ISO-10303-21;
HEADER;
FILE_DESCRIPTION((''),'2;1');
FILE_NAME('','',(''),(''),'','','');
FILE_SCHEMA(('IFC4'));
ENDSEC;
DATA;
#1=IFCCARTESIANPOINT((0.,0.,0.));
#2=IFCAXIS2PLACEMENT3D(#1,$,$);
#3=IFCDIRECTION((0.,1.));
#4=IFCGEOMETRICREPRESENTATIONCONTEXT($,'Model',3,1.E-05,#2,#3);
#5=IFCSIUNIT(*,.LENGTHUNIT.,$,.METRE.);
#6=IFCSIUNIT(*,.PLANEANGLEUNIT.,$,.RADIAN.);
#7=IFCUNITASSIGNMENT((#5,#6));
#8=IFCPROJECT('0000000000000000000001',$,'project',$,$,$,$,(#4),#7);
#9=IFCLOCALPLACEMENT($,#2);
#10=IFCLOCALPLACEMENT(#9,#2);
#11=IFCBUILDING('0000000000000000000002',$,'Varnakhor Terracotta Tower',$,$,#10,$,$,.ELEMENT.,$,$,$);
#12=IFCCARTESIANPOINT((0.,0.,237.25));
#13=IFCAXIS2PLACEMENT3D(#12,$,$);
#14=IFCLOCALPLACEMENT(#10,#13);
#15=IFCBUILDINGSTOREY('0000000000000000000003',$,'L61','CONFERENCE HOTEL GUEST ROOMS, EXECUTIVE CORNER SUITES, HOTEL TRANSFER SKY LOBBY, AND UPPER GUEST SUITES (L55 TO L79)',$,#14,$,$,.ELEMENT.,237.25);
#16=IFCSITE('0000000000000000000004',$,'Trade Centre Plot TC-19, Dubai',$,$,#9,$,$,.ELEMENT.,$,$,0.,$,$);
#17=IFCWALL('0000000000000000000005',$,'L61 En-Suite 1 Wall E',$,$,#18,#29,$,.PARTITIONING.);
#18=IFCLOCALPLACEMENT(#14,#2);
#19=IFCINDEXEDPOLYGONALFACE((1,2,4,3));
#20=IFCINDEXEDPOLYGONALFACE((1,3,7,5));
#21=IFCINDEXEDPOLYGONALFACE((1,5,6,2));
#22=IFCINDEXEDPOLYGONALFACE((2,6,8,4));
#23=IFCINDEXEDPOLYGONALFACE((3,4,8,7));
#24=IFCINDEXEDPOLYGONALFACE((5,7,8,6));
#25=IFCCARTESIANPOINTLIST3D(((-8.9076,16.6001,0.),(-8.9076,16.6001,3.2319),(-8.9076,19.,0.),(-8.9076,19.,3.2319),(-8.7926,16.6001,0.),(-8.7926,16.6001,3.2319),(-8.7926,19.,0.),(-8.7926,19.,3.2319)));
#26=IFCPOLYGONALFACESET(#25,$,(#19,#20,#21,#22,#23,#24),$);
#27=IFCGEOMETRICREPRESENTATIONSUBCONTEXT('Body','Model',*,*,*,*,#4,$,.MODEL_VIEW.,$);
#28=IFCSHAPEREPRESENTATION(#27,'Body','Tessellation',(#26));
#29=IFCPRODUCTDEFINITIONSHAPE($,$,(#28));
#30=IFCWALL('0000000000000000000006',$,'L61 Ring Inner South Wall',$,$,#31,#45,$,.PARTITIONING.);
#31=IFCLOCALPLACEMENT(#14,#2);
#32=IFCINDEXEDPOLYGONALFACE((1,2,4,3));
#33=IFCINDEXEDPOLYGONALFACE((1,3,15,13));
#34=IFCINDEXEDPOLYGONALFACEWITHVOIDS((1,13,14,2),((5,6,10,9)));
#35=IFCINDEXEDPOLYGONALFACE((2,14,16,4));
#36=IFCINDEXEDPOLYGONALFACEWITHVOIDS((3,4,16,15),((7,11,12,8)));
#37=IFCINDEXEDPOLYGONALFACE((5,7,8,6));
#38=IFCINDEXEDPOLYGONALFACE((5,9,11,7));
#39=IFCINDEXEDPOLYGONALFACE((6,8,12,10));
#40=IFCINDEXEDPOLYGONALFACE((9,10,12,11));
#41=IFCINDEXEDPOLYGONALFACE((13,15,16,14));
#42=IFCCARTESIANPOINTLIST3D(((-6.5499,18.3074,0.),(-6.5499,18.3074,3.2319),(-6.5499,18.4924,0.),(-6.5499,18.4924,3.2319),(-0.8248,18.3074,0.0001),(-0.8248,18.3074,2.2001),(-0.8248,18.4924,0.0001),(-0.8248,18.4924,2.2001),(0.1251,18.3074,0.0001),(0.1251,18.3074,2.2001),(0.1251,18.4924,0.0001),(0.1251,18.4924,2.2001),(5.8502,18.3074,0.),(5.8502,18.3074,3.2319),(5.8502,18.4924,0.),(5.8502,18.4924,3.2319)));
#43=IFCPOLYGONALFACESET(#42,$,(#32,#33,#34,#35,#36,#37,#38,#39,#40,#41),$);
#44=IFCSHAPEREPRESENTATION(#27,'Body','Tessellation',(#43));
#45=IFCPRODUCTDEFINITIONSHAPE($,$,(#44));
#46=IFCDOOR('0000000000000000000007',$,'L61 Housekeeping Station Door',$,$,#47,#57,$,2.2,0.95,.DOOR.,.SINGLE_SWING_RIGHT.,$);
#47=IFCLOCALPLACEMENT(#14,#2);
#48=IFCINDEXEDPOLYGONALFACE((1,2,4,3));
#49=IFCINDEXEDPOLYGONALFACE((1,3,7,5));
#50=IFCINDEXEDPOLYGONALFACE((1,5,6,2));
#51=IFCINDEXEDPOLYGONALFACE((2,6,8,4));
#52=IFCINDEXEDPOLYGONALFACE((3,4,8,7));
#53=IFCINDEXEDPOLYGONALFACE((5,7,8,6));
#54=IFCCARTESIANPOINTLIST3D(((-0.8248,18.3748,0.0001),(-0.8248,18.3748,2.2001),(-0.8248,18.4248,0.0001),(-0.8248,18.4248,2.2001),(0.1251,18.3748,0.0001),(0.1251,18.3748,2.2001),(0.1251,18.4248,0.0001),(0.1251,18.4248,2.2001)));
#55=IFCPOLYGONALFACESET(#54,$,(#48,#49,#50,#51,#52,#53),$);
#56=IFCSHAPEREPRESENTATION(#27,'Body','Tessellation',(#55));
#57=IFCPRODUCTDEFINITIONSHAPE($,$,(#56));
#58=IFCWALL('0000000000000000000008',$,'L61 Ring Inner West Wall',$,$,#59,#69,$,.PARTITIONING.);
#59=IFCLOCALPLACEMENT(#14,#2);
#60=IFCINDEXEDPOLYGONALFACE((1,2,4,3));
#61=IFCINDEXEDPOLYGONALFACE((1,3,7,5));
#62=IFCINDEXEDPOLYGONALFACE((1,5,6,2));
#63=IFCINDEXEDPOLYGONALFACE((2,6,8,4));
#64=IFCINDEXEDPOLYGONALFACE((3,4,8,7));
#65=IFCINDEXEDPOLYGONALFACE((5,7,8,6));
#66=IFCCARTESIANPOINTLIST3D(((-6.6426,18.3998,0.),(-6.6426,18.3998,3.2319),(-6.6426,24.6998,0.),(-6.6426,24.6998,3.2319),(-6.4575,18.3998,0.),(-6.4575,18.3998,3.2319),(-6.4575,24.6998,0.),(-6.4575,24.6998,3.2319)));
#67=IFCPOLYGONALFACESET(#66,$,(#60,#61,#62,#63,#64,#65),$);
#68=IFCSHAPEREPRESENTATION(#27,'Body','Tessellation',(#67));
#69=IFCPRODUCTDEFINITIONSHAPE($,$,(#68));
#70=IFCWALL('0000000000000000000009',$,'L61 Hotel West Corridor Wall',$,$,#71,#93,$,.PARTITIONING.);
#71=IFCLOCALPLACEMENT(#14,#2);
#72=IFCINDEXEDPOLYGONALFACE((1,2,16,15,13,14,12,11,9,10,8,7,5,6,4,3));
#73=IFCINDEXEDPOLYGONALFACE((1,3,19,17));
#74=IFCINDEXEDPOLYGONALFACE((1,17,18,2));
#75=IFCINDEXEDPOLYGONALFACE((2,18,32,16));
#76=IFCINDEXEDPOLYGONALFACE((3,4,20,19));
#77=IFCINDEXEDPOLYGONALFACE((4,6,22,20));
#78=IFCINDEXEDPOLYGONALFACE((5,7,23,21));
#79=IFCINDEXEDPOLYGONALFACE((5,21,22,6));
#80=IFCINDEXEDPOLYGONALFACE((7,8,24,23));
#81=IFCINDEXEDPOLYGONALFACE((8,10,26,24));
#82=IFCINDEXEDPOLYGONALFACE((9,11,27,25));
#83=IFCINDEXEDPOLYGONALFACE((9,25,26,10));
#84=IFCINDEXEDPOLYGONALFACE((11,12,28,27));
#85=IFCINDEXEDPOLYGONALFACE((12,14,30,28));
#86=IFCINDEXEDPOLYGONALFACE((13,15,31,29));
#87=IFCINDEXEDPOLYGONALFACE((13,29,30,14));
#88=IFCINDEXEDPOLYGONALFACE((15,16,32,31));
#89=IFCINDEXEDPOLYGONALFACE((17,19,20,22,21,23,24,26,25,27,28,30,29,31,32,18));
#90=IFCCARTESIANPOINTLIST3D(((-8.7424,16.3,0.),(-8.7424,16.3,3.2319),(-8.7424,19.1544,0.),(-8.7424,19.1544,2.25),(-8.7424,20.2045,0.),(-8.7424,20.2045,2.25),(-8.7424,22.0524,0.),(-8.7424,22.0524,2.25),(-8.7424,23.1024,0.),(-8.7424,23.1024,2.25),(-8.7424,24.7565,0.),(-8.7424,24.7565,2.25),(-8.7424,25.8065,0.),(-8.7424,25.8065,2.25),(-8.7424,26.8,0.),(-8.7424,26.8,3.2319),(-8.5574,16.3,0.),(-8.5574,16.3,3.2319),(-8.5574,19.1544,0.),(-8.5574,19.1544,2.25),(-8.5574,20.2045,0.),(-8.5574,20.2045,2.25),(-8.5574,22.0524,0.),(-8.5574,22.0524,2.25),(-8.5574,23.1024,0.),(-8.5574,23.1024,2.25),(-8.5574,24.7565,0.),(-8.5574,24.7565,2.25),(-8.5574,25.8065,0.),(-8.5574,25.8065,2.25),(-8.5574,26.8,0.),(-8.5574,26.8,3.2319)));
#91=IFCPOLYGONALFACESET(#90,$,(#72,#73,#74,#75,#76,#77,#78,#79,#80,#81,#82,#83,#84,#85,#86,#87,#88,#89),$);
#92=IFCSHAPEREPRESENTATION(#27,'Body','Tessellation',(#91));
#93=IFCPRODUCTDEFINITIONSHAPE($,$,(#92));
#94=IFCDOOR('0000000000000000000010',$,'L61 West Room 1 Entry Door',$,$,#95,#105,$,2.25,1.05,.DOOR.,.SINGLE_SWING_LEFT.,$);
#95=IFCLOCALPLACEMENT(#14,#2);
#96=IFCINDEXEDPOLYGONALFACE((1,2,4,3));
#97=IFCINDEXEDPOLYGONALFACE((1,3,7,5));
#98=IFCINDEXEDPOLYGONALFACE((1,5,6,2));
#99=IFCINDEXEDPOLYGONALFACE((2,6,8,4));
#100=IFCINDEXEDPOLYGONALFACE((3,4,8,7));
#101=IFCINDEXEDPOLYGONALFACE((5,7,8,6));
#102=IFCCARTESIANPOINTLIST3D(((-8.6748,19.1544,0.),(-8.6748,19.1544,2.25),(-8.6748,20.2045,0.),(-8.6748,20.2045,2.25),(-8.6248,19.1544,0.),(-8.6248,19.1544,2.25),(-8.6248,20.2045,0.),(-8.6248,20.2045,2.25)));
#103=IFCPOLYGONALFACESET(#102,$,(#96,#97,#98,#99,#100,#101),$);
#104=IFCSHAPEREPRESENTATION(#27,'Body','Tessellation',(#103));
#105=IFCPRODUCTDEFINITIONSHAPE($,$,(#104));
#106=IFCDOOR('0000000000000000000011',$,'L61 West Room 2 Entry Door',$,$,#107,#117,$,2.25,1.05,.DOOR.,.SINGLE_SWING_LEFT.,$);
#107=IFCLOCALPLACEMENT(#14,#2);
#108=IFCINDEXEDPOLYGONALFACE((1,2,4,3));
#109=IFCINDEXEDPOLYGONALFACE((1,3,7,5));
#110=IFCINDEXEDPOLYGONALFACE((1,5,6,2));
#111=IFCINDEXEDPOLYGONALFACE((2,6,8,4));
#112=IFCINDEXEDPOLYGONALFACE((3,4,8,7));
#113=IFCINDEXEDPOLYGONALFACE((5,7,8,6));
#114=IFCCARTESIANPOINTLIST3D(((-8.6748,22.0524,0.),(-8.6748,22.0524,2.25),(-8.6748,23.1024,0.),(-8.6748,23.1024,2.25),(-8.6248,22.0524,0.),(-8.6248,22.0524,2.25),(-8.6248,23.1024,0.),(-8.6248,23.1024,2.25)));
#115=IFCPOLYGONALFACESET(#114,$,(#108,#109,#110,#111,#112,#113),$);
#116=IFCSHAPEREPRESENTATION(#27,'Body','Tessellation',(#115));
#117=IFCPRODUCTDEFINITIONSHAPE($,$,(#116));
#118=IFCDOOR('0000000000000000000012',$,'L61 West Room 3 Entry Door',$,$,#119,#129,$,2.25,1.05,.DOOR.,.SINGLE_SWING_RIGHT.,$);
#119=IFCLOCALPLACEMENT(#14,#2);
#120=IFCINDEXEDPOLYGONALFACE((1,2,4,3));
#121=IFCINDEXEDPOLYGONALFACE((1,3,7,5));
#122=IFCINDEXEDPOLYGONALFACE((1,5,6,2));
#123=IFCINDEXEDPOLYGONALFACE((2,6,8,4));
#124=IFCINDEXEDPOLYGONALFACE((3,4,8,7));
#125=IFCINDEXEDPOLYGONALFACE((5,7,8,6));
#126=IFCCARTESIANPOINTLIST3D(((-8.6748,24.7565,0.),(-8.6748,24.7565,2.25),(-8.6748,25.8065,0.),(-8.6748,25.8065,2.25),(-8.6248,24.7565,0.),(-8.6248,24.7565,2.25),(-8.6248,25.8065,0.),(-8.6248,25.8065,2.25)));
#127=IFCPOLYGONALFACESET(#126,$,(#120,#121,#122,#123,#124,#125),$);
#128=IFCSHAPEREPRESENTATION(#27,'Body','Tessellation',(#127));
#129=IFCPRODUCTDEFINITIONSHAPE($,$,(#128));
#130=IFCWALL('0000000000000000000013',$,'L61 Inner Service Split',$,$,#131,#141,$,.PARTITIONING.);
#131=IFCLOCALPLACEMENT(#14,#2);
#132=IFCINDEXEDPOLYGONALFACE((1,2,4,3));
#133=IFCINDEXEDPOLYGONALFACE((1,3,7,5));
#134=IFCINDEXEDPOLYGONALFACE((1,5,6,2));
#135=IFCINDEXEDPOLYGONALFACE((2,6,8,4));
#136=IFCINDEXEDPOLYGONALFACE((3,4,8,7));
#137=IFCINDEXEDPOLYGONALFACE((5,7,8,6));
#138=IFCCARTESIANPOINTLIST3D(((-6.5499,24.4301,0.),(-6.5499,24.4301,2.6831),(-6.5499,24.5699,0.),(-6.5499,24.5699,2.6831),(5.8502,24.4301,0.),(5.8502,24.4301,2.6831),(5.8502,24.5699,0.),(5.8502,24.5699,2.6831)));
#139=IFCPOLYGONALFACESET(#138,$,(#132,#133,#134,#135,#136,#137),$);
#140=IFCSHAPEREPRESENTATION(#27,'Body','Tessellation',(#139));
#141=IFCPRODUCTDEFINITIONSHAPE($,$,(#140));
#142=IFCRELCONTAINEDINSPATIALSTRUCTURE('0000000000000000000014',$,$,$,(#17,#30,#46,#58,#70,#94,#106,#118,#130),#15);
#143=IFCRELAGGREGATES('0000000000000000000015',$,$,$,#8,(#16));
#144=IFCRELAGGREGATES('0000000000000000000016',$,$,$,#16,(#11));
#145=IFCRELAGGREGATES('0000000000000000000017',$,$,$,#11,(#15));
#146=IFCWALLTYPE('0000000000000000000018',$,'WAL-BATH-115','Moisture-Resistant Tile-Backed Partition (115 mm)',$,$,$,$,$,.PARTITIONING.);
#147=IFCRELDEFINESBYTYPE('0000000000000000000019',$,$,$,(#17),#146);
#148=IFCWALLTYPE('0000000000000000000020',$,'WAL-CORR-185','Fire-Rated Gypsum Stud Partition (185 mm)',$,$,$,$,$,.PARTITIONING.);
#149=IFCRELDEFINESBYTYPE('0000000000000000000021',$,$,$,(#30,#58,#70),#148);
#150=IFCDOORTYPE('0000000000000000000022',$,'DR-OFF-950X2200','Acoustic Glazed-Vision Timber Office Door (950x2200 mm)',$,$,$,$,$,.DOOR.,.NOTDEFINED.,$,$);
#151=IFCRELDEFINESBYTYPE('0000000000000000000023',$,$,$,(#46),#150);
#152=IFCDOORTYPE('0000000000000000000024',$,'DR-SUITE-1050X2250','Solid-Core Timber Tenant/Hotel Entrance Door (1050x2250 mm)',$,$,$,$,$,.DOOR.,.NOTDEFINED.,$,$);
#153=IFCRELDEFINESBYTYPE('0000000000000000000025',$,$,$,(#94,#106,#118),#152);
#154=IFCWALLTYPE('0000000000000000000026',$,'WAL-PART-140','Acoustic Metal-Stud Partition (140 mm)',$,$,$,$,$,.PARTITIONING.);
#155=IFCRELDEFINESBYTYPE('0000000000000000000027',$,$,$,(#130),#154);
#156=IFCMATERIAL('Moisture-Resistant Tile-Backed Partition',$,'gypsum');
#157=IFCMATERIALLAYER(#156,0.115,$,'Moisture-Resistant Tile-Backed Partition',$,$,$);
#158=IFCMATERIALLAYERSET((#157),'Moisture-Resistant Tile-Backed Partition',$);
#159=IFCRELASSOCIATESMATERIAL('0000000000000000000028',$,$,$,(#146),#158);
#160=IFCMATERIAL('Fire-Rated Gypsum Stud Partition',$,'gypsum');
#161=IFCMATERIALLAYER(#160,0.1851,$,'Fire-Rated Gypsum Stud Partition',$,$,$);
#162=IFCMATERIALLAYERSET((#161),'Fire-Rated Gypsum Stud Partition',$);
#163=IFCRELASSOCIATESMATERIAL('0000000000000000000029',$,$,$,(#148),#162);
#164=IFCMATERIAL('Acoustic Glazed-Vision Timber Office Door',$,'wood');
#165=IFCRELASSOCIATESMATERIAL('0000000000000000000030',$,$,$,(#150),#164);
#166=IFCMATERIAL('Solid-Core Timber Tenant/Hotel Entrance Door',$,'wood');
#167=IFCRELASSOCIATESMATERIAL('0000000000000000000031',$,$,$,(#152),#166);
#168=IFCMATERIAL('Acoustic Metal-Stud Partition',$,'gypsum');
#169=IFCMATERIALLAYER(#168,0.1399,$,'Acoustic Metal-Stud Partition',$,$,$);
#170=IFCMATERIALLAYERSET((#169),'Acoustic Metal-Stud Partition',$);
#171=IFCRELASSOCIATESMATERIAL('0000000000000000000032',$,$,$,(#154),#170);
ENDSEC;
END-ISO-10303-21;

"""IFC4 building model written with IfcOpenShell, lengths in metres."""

from ifc_helpers import new_model, si_unit, direction, frame, frame_2d, origin, place, context, subcontext, project, spatial, rectangle, extrude, source, transform, mapped, material, layer, layer_set, type_object, type_shapes, element, fill, save


model = new_model("IFC4")

# Units and contexts
model_context = context("Model", 3, precision=1e-05, world=origin(), true_north=direction((0.0, 1.0)))
body_context = subcontext(model_context, "Body", "Model", "MODEL_VIEW")
ifc_project = project(units=[si_unit("LENGTHUNIT", "METRE"), si_unit("PLANEANGLEUNIT", "RADIAN")], contexts=[model_context])

# Site, building, storey
site_placement = place(None, origin())
site = spatial("IfcSite", under=ifc_project, at=site_placement, Name="Trade Centre Plot TC-19, Dubai", CompositionType="ELEMENT", RefElevation=0.0)
building_placement = place(site_placement, origin())
building = spatial("IfcBuilding", under=site, at=building_placement, Name="Varnakhor Terracotta Tower", CompositionType="ELEMENT")
storey_placement = place(building_placement, frame((0.0, 0.0, 237.25)))
storey = spatial("IfcBuildingStorey", under=building, at=storey_placement, Name="L61", Description="CONFERENCE HOTEL GUEST ROOMS, EXECUTIVE CORNER SUITES, HOTEL TRANSFER SKY LOBBY, AND UPPER GUEST SUITES (L55 TO L79)", CompositionType="ELEMENT", Elevation=237.25)

# Shared definitions
ifc_material_1 = material(Name="Moisture-Resistant Tile-Backed Partition", Category="gypsum")
ifc_layer_1 = layer(ifc_material_1, 0.115, Name="Moisture-Resistant Tile-Backed Partition")
ifc_layer_set_1 = layer_set([ifc_layer_1], Name="Moisture-Resistant Tile-Backed Partition")
wall_type_1 = type_object("IfcWallType", Name="WAL-BATH-115", Description="Moisture-Resistant Tile-Backed Partition (115 mm)", PredefinedType="PARTITIONING", material=ifc_layer_set_1)

# Wall
wall_1_placement = place(storey_placement, frame((-8.8501, 16.6001, 0.0), z_axis=(0.0, 0.0, 1.0), x_axis=(0.0, 1.0, 0.0)))
element("IfcWall", 1, at=wall_1_placement, inside=storey, type_object=wall_type_1, Name="L61 En-Suite 1 Wall E", PredefinedType="PARTITIONING", context=body_context, shape_type="SweptSolid", body=[
    extrude(rectangle(XDim=2.3999, YDim=0.115, at=frame_2d((1.2, 0.0))), origin(), (0.0, 0.0, 1.0), 3.2319),
])

# Wall, opening, door
ifc_material_2 = material(Name="Fire-Rated Gypsum Stud Partition", Category="gypsum")
ifc_layer_2 = layer(ifc_material_2, 0.1851, Name="Fire-Rated Gypsum Stud Partition")
ifc_layer_set_2 = layer_set([ifc_layer_2], Name="Fire-Rated Gypsum Stud Partition")
wall_type_2 = type_object("IfcWallType", Name="WAL-CORR-185", Description="Fire-Rated Gypsum Stud Partition (185 mm)", PredefinedType="PARTITIONING", material=ifc_layer_set_2)
wall_2_placement = place(storey_placement, frame((-6.55, 18.3999, 0.0), z_axis=(0.0, 0.0, 1.0), x_axis=(1.0, 0.0, 0.0)))
wall_2 = element("IfcWall", 2, at=wall_2_placement, inside=storey, type_object=wall_type_2, Name="L61 Ring Inner South Wall", PredefinedType="PARTITIONING", context=body_context, shape_type="SweptSolid", body=[
    extrude(rectangle(XDim=12.4001, YDim=0.1851, at=frame_2d((6.2002, 0.0))), origin(), (0.0, 0.0, 1.0), 3.2319),
])
opening_1_placement = place(wall_2_placement, frame((5.7251, 0.0, 0.0)))
opening_1 = element("IfcOpeningElement", 3, at=opening_1_placement, cuts=wall_2, PredefinedType="OPENING", context=body_context, shape_type="SweptSolid", body=[
    extrude(rectangle(XDim=0.95, YDim=2.2, at=frame_2d((0.4751, 1.1001))), frame((0.0, 0.1025, 0.0), z_axis=(0.0, -1.0, 0.0), x_axis=(1.0, 0.0, 0.0)), (0.0, 0.0, 1.0), 0.2051),
])
ifc_material_3 = material(Name="Acoustic Glazed-Vision Timber Office Door", Category="wood")
door_type_1 = type_object("IfcDoorType", Name="DR-OFF-950X2200", Description="Acoustic Glazed-Vision Timber Office Door (950x2200 mm)", OperationType="NOTDEFINED", PredefinedType="DOOR", material=ifc_material_3)
shared_shape_1 = source(origin(), body_context, "Body", "SweptSolid", [
    extrude(rectangle(XDim=0.95, YDim=2.2, at=frame_2d((0.4751, 1.1001))), frame((0.0, 0.0249, 0.0), z_axis=(0.0, -1.0, 0.0), x_axis=(1.0, 0.0, 0.0)), (0.0, 0.0, 1.0), 0.05),
])
type_shapes(door_type_1, [shared_shape_1])
door_1_placement = place(opening_1_placement, origin())
door_1 = element("IfcDoor", 4, at=door_1_placement, inside=storey, type_object=door_type_1, Name="L61 Housekeeping Station Door", OperationType="SINGLE_SWING_RIGHT", OverallHeight=2.2, OverallWidth=0.95, PredefinedType="DOOR", context=body_context, shape_type="MappedRepresentation", body=[
    mapped(shared_shape_1, transform((0.0, 0.0, 0.0), scale=1.0)),
])
fill(opening_1, door_1)

# Wall
wall_3_placement = place(storey_placement, frame((-6.55, 18.3999, 0.0), z_axis=(0.0, 0.0, 1.0), x_axis=(0.0, 1.0, 0.0)))
element("IfcWall", 5, at=wall_3_placement, inside=storey, type_object=wall_type_2, Name="L61 Ring Inner West Wall", PredefinedType="PARTITIONING", context=body_context, shape_type="SweptSolid", body=[
    extrude(rectangle(XDim=6.3, YDim=0.1851, at=frame_2d((3.1499, 0.0))), origin(), (0.0, 0.0, 1.0), 3.2319),
])

# Wall, openings, doors
wall_4_placement = place(storey_placement, frame((-8.6499, 16.3, 0.0), z_axis=(0.0, 0.0, 1.0), x_axis=(0.0, 1.0, 0.0)))
wall_4 = element("IfcWall", 6, at=wall_4_placement, inside=storey, type_object=wall_type_2, Name="L61 Hotel West Corridor Wall", PredefinedType="PARTITIONING", context=body_context, shape_type="SweptSolid", body=[
    extrude(rectangle(XDim=10.5, YDim=0.1851, at=frame_2d((5.25, 0.0))), origin(), (0.0, 0.0, 1.0), 3.2319),
])
opening_2_placement = place(wall_4_placement, frame((2.8545, 0.0, 0.0)))
opening_2 = element("IfcOpeningElement", 7, at=opening_2_placement, cuts=wall_4, PredefinedType="OPENING", context=body_context, shape_type="SweptSolid", body=[
    extrude(rectangle(XDim=1.05, YDim=2.25, at=frame_2d((0.5249, 1.125))), frame((0.0, 0.1025, 0.0), z_axis=(0.0, -1.0, 0.0), x_axis=(1.0, 0.0, 0.0)), (0.0, 0.0, 1.0), 0.2051),
])
opening_3_placement = place(wall_4_placement, frame((5.7524, 0.0, 0.0)))
opening_3 = element("IfcOpeningElement", 8, at=opening_3_placement, cuts=wall_4, PredefinedType="OPENING", context=body_context, shape_type="SweptSolid", body=[
    extrude(rectangle(XDim=1.05, YDim=2.25, at=frame_2d((0.5249, 1.125))), frame((0.0, 0.1025, 0.0), z_axis=(0.0, -1.0, 0.0), x_axis=(1.0, 0.0, 0.0)), (0.0, 0.0, 1.0), 0.2051),
])
opening_4_placement = place(wall_4_placement, frame((8.4565, 0.0, 0.0)))
opening_4 = element("IfcOpeningElement", 9, at=opening_4_placement, cuts=wall_4, PredefinedType="OPENING", context=body_context, shape_type="SweptSolid", body=[
    extrude(rectangle(XDim=1.05, YDim=2.25, at=frame_2d((0.5249, 1.125))), frame((0.0, 0.1025, 0.0), z_axis=(0.0, -1.0, 0.0), x_axis=(1.0, 0.0, 0.0)), (0.0, 0.0, 1.0), 0.2051),
])
ifc_material_4 = material(Name="Solid-Core Timber Tenant/Hotel Entrance Door", Category="wood")
door_type_2 = type_object("IfcDoorType", Name="DR-SUITE-1050X2250", Description="Solid-Core Timber Tenant/Hotel Entrance Door (1050x2250 mm)", OperationType="NOTDEFINED", PredefinedType="DOOR", material=ifc_material_4)
shared_shape_2 = source(origin(), body_context, "Body", "SweptSolid", [
    extrude(rectangle(XDim=1.05, YDim=2.25, at=frame_2d((0.5249, 1.125))), frame((0.0, 0.0249, 0.0), z_axis=(0.0, -1.0, 0.0), x_axis=(1.0, 0.0, 0.0)), (0.0, 0.0, 1.0), 0.05),
])
type_shapes(door_type_2, [shared_shape_2])
door_2_placement = place(opening_2_placement, origin())
door_2 = element("IfcDoor", 10, at=door_2_placement, inside=storey, type_object=door_type_2, Name="L61 West Room 1 Entry Door", OperationType="SINGLE_SWING_LEFT", OverallHeight=2.25, OverallWidth=1.05, PredefinedType="DOOR", context=body_context, shape_type="MappedRepresentation", body=[
    mapped(shared_shape_2, transform((0.0, 0.0, 0.0), scale=1.0)),
])
fill(opening_2, door_2)
door_3_placement = place(opening_3_placement, origin())
door_3 = element("IfcDoor", 11, at=door_3_placement, inside=storey, type_object=door_type_2, Name="L61 West Room 2 Entry Door", OperationType="SINGLE_SWING_LEFT", OverallHeight=2.25, OverallWidth=1.05, PredefinedType="DOOR", context=body_context, shape_type="MappedRepresentation", body=[
    mapped(shared_shape_2, transform((0.0, 0.0, 0.0), scale=1.0)),
])
fill(opening_3, door_3)
door_4_placement = place(opening_4_placement, origin())
door_4 = element("IfcDoor", 12, at=door_4_placement, inside=storey, type_object=door_type_2, Name="L61 West Room 3 Entry Door", OperationType="SINGLE_SWING_RIGHT", OverallHeight=2.25, OverallWidth=1.05, PredefinedType="DOOR", context=body_context, shape_type="MappedRepresentation", body=[
    mapped(shared_shape_2, transform((0.0, 0.0, 0.0), scale=1.0)),
])
fill(opening_4, door_4)

# Wall
ifc_material_5 = material(Name="Acoustic Metal-Stud Partition", Category="gypsum")
ifc_layer_3 = layer(ifc_material_5, 0.1399, Name="Acoustic Metal-Stud Partition")
ifc_layer_set_3 = layer_set([ifc_layer_3], Name="Acoustic Metal-Stud Partition")
wall_type_3 = type_object("IfcWallType", Name="WAL-PART-140", Description="Acoustic Metal-Stud Partition (140 mm)", PredefinedType="PARTITIONING", material=ifc_layer_set_3)
wall_5_placement = place(storey_placement, frame((-6.55, 24.5, 0.0), z_axis=(0.0, 0.0, 1.0), x_axis=(1.0, 0.0, 0.0)))
element("IfcWall", 13, at=wall_5_placement, inside=storey, type_object=wall_type_3, Name="L61 Inner Service Split", PredefinedType="PARTITIONING", context=body_context, shape_type="SweptSolid", body=[
    extrude(rectangle(XDim=12.4001, YDim=0.1399, at=frame_2d((6.2002, 0.0))), origin(), (0.0, 0.0, 1.0), 2.6831),
])

save(model, "model.ifc")
